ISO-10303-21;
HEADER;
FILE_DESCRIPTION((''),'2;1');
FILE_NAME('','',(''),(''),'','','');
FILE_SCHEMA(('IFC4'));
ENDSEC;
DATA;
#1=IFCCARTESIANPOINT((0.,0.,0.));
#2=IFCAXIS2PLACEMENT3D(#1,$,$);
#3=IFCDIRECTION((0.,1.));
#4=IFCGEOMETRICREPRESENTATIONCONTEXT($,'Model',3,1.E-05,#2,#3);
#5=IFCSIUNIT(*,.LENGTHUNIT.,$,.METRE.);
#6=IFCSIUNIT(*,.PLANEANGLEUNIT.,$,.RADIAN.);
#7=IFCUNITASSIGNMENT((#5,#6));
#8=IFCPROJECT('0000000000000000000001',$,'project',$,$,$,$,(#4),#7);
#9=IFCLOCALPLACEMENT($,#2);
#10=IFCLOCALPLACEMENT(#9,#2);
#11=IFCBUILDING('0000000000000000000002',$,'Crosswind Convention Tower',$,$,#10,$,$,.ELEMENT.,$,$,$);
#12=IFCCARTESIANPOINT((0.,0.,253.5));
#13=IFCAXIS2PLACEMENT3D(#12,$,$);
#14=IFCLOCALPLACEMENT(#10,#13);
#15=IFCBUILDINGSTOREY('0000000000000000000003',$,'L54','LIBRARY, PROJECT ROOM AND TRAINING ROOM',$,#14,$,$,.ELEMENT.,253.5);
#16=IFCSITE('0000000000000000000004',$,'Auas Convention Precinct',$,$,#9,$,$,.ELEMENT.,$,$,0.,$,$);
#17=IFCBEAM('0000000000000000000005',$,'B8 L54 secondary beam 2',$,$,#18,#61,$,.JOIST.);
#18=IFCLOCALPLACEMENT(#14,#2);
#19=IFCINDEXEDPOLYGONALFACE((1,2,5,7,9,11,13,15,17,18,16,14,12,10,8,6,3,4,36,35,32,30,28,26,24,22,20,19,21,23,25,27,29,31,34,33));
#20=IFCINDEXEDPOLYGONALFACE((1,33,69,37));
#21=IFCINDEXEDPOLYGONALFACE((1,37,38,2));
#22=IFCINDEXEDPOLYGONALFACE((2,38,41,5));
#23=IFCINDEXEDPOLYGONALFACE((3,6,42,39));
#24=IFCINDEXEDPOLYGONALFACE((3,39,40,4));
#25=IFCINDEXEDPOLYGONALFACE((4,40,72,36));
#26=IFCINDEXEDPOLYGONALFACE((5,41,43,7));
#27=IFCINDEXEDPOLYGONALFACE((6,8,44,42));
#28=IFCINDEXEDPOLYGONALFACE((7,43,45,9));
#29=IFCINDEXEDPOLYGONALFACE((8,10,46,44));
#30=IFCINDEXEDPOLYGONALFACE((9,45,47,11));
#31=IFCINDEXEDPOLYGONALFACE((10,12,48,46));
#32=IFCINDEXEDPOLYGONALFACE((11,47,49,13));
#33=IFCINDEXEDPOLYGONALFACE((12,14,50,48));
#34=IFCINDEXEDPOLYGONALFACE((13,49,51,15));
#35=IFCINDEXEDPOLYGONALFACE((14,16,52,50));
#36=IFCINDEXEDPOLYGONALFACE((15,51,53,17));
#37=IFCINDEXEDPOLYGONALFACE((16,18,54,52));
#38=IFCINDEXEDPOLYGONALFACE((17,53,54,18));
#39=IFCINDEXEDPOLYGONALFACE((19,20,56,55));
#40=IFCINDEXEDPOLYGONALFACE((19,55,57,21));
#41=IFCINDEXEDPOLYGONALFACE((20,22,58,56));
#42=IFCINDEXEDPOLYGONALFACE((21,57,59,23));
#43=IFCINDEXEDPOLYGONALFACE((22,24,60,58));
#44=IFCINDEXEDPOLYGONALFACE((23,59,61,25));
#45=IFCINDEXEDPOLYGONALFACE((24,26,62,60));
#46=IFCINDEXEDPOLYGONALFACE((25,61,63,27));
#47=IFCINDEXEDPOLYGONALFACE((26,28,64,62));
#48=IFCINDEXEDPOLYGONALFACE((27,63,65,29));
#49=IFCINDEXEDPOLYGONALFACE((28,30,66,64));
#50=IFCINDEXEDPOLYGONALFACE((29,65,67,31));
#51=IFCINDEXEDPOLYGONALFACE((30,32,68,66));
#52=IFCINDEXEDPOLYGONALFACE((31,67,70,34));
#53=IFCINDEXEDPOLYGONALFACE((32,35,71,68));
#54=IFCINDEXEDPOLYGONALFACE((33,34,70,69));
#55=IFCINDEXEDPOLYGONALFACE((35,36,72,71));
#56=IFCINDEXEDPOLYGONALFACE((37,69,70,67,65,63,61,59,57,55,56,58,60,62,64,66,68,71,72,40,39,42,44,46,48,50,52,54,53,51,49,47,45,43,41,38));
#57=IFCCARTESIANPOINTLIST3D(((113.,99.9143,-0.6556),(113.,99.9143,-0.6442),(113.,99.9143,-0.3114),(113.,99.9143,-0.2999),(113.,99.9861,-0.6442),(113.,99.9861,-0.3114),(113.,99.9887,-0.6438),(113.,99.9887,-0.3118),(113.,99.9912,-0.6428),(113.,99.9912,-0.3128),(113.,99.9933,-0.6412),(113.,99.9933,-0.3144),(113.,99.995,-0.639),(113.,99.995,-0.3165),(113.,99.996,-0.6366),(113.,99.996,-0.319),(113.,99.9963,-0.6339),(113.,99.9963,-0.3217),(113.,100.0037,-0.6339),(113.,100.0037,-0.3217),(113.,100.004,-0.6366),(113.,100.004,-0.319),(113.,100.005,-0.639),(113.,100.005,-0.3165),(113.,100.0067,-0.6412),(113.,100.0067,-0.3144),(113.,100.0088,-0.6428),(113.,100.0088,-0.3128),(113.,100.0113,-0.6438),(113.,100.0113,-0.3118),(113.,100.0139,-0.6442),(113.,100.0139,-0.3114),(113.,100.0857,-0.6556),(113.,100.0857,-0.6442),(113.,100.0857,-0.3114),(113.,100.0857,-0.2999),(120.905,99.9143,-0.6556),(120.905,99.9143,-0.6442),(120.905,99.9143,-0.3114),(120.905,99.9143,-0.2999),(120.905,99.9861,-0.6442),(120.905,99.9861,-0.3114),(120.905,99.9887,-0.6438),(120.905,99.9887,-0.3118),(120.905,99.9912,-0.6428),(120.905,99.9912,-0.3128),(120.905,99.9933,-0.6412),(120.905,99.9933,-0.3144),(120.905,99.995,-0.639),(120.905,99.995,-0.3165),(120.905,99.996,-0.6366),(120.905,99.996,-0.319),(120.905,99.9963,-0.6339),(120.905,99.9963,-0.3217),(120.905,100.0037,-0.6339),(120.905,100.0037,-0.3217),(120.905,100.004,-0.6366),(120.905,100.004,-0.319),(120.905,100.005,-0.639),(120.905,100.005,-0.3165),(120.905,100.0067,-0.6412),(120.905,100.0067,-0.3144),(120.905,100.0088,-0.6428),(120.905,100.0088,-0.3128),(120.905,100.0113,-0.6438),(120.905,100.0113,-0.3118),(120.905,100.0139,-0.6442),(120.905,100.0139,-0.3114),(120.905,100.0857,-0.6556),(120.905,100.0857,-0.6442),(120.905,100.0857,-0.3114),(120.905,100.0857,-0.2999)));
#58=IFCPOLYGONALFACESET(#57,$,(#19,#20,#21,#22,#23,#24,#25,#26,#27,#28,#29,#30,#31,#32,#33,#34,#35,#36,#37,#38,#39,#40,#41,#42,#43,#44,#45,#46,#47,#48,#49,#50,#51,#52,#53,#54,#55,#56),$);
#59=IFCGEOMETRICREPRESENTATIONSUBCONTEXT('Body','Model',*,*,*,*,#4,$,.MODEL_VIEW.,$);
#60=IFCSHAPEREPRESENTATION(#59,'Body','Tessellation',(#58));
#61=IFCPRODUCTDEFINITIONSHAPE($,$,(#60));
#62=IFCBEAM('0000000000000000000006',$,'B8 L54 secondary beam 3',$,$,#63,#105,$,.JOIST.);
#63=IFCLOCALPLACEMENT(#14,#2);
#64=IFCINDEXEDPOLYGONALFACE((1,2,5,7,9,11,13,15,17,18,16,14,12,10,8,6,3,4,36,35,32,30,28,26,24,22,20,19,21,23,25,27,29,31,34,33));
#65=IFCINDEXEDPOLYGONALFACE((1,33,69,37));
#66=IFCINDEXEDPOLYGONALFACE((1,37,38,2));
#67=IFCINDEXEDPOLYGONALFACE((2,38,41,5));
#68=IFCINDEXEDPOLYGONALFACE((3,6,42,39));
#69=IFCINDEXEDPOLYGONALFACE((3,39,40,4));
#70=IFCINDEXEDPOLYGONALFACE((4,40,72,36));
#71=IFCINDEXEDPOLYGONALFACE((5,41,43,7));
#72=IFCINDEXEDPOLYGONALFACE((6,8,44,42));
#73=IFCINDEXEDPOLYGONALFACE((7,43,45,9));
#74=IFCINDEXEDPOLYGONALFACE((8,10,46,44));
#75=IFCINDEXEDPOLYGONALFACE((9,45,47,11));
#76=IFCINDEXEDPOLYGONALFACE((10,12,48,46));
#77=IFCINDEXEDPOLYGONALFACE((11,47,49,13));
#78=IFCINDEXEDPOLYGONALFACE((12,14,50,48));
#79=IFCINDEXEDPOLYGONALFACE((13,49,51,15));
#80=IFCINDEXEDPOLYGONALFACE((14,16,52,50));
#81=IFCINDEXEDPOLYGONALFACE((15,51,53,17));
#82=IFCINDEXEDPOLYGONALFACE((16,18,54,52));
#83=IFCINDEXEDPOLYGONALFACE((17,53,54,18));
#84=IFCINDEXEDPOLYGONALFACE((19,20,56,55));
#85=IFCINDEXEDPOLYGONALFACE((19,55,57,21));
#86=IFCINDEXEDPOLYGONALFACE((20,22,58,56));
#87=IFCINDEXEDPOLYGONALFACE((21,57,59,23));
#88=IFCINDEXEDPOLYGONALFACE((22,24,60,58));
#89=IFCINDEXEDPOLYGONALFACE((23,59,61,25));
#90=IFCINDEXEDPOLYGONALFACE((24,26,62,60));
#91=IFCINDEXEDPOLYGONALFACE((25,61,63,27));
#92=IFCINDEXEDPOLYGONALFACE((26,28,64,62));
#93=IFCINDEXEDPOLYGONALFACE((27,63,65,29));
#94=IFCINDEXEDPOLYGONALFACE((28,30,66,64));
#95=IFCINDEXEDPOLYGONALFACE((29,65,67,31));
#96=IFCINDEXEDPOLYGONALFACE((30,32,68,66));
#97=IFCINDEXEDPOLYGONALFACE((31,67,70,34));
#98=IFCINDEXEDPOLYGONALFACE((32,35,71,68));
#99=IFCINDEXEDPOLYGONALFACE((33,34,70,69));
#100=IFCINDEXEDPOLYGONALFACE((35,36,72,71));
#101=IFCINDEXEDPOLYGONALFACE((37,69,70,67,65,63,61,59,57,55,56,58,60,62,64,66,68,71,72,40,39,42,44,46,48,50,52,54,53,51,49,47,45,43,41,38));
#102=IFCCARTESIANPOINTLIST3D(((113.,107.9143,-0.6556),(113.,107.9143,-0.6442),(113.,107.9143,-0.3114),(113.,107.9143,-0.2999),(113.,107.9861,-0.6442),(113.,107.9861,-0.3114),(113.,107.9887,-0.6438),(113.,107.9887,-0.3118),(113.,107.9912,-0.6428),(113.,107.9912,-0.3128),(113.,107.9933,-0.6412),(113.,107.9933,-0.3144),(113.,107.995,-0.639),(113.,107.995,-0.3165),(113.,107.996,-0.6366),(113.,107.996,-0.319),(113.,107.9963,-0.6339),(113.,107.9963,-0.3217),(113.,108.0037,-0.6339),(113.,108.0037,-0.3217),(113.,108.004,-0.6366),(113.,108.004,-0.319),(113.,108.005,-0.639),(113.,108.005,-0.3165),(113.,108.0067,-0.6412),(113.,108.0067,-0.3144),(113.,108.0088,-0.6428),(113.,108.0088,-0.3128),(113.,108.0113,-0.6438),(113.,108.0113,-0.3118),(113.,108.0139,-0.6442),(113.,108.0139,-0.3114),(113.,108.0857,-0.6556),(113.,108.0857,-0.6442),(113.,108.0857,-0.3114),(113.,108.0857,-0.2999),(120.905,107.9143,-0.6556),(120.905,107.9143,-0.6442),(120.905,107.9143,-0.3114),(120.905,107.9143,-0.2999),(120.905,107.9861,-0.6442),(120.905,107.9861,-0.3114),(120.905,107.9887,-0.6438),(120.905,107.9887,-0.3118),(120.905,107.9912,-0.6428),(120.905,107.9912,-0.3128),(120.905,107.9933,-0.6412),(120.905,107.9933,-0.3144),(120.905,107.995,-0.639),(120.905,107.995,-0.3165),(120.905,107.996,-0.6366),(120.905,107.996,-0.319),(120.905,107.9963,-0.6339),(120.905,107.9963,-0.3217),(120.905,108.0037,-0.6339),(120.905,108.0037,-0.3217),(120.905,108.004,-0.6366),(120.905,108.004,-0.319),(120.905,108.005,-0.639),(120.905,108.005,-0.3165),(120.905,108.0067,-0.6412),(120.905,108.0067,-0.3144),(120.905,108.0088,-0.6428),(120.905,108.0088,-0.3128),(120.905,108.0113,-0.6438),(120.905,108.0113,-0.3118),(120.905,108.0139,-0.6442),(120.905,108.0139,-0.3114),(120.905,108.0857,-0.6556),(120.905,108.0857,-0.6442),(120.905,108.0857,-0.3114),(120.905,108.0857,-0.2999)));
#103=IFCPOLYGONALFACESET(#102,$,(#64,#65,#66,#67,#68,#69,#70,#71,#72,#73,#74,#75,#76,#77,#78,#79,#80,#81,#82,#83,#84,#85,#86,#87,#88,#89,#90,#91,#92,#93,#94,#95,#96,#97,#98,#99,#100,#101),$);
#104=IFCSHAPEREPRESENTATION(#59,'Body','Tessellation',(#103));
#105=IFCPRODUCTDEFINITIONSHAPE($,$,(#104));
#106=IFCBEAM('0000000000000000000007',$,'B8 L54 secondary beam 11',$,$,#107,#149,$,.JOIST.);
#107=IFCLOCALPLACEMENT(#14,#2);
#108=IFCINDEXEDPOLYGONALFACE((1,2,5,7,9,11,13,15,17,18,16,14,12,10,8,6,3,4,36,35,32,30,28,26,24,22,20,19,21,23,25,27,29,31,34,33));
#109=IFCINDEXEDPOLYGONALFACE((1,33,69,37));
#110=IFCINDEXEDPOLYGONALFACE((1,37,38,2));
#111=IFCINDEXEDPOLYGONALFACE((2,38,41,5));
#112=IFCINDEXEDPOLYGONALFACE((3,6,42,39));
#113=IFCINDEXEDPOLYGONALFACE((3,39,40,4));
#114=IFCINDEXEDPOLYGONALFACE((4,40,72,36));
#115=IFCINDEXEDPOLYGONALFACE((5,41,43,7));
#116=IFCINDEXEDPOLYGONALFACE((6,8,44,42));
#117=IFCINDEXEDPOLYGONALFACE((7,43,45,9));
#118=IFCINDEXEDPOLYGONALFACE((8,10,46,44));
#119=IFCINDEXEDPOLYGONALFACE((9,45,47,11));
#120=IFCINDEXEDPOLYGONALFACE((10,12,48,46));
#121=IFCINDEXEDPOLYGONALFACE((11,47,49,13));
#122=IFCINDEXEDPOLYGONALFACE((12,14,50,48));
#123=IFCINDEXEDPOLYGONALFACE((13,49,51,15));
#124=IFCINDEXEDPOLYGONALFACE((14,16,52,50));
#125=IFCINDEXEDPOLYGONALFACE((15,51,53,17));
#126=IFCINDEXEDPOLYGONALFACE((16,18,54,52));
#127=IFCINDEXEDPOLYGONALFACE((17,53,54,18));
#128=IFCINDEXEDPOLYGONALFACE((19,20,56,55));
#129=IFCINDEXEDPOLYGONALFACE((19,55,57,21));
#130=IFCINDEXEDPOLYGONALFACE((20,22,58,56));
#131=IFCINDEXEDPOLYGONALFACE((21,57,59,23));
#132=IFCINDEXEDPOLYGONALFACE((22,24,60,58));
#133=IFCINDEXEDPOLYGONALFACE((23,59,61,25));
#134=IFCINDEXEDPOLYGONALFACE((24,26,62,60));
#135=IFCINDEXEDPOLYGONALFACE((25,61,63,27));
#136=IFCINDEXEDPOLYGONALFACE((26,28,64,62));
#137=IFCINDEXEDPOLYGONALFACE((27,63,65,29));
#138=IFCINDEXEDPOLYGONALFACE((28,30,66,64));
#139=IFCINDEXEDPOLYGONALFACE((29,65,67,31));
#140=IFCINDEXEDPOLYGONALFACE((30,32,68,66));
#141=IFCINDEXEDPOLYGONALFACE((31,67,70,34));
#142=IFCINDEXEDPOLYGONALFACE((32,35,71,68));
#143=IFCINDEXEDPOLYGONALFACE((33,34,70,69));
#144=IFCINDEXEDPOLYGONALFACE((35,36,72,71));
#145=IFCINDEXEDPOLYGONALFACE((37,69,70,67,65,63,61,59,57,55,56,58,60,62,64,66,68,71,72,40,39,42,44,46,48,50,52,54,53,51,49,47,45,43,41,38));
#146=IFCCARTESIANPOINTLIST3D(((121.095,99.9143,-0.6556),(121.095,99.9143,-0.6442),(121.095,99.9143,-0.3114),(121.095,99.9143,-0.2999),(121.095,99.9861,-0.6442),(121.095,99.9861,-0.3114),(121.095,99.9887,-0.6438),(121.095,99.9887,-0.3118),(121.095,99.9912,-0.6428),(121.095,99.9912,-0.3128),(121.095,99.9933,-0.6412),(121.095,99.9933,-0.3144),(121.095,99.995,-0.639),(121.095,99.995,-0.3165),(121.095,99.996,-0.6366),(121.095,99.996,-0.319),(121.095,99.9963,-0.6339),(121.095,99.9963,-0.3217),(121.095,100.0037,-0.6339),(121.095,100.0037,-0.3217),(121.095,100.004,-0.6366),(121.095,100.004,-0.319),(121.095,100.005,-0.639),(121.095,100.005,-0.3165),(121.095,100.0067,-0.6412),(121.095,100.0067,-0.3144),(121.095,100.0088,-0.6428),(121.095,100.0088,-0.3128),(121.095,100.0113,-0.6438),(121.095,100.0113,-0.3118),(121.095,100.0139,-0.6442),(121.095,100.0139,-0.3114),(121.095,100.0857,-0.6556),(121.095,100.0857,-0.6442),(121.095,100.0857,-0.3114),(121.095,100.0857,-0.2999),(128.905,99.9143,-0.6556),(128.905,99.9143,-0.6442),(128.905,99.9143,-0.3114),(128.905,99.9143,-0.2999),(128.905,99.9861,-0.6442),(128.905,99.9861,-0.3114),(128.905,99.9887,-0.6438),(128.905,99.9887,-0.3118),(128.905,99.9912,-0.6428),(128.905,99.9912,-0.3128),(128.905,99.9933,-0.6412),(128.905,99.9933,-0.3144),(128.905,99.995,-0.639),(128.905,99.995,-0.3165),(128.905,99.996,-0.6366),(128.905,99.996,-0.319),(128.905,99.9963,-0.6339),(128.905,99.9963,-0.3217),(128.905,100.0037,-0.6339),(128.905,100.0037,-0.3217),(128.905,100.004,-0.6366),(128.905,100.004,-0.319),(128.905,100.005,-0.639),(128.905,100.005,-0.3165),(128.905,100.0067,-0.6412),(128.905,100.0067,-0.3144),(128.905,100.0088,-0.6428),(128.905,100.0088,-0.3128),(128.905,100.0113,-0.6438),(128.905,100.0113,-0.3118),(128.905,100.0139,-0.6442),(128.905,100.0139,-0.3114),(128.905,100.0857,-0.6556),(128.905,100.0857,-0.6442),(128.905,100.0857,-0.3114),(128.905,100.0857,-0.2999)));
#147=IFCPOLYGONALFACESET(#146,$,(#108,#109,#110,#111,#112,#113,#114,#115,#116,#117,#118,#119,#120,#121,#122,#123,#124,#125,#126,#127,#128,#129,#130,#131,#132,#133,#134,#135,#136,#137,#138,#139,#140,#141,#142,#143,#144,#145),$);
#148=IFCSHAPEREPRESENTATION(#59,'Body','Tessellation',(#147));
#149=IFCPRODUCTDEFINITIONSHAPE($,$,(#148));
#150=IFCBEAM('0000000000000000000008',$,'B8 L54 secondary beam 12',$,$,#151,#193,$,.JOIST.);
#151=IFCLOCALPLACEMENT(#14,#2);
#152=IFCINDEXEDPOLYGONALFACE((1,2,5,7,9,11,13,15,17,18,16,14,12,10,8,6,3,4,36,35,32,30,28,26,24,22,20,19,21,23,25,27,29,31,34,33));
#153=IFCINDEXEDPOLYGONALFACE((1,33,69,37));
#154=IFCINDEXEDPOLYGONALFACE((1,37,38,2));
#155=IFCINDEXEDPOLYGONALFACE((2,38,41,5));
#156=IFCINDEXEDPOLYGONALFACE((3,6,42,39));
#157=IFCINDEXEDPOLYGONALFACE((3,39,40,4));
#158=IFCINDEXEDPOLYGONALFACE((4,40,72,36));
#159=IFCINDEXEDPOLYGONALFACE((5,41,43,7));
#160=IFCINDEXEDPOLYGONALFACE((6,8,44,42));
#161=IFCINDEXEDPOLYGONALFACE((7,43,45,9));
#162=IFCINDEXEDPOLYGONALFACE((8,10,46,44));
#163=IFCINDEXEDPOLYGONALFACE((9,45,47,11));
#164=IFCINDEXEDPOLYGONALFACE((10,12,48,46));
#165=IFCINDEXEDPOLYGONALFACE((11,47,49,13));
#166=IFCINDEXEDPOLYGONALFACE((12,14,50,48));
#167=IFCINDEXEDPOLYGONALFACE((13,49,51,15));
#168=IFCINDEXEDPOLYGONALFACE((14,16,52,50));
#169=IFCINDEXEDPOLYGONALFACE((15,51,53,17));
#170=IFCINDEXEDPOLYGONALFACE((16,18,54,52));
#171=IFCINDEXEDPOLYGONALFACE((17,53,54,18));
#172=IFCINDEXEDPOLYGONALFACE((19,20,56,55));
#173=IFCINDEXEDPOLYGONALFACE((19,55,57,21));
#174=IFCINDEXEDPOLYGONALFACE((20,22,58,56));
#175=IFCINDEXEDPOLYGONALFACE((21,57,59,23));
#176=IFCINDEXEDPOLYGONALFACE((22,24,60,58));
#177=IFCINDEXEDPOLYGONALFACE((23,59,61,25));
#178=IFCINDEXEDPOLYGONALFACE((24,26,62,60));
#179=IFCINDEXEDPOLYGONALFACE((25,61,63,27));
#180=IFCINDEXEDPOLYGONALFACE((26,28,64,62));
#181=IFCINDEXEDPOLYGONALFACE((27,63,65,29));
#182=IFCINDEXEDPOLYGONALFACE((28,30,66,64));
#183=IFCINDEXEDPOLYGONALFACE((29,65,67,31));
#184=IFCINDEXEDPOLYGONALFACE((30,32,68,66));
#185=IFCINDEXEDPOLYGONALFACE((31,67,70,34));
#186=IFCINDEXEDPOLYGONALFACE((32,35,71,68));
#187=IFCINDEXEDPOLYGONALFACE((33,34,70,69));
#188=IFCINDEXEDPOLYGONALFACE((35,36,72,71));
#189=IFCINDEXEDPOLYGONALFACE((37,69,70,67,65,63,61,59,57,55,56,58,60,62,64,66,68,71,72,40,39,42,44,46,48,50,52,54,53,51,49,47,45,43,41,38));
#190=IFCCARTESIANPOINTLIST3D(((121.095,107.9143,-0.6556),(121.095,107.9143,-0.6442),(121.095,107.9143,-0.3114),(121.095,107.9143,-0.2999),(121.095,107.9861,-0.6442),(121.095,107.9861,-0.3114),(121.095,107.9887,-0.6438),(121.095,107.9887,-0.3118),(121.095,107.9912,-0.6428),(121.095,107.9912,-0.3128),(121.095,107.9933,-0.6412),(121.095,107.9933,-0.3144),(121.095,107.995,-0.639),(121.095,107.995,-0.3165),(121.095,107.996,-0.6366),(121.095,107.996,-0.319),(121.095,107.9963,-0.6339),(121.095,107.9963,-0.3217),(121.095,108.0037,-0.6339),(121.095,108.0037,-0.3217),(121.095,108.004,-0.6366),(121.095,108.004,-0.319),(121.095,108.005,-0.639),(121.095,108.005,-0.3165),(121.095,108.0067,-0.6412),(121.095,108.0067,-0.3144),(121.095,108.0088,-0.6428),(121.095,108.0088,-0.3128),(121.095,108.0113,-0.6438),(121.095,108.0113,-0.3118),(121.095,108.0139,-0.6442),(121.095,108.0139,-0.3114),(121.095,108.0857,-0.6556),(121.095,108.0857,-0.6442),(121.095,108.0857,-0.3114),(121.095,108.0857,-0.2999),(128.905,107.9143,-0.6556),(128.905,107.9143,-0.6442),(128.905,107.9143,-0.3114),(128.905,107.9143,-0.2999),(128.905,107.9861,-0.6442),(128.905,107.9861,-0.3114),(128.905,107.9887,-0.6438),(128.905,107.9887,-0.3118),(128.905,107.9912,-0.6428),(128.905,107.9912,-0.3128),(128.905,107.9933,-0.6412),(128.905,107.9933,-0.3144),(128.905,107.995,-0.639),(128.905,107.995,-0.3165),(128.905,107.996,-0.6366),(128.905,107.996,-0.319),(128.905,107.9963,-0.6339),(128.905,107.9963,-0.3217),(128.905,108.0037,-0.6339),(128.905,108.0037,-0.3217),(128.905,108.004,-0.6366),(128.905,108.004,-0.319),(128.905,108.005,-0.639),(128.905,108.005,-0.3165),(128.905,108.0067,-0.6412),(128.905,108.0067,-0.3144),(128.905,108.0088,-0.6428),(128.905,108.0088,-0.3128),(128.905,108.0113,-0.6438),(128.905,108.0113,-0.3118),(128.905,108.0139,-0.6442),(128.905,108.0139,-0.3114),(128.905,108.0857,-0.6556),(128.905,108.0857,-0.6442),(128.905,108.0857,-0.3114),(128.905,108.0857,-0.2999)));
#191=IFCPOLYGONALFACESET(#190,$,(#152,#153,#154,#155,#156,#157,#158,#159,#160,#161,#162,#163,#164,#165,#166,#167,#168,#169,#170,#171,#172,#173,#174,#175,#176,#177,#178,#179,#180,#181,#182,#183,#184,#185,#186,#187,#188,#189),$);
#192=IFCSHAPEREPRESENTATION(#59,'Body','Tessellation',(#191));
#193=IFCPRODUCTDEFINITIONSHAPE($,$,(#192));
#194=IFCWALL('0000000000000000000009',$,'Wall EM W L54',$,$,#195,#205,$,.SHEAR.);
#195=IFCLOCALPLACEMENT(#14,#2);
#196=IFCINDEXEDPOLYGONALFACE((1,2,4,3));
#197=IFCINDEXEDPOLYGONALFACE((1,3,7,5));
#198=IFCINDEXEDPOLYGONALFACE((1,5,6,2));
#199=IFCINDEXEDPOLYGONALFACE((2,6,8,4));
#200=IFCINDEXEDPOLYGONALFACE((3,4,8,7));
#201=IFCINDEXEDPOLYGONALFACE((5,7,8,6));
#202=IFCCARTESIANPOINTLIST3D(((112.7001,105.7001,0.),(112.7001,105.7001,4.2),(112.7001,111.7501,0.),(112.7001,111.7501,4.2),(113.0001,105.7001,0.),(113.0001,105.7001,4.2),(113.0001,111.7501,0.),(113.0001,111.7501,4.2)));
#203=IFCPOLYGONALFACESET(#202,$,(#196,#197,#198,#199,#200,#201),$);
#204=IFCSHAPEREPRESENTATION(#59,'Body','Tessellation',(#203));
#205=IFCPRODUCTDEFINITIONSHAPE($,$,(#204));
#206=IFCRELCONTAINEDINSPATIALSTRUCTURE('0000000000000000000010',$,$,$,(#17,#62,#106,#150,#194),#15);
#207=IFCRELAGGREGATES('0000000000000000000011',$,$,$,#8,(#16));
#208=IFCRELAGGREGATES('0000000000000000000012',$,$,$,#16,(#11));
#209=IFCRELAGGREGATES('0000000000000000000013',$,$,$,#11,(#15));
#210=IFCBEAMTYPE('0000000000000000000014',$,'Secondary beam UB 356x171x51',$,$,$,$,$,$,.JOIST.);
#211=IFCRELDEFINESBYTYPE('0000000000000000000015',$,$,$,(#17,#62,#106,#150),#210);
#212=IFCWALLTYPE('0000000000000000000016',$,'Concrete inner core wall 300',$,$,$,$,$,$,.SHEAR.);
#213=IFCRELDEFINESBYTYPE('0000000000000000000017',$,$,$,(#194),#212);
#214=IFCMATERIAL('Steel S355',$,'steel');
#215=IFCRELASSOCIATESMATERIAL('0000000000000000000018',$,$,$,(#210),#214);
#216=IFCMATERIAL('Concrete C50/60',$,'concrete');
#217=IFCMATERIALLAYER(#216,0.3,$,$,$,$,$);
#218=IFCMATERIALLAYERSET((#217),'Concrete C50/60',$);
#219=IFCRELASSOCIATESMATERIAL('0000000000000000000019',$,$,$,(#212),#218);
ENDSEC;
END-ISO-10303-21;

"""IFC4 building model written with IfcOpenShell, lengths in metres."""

from ifc_helpers import new_model, si_unit, direction, frame, frame_2d, origin, origin_2d, place, context, subcontext, project, spatial, rectangle, i_section, extrude, material, layer, layer_set, material_profile, profile_set, type_object, element, save


model = new_model("IFC4")

# Units and contexts
model_context = context("Model", 3, precision=1e-05, world=origin(), true_north=direction((0.0, 1.0)))
body_context = subcontext(model_context, "Body", "Model", "MODEL_VIEW")
ifc_project = project(units=[si_unit("LENGTHUNIT", "METRE"), si_unit("PLANEANGLEUNIT", "RADIAN")], contexts=[model_context])

# Site, building, storey
site_placement = place(None, origin())
site = spatial("IfcSite", under=ifc_project, at=site_placement, Name="Auas Convention Precinct", CompositionType="ELEMENT", RefElevation=0.0)
building_placement = place(site_placement, origin())
building = spatial("IfcBuilding", under=site, at=building_placement, Name="Crosswind Convention Tower", CompositionType="ELEMENT")
storey_placement = place(building_placement, frame((0.0, 0.0, 253.5)))
storey = spatial("IfcBuildingStorey", under=building, at=storey_placement, Name="L54", Description="LIBRARY, PROJECT ROOM AND TRAINING ROOM", CompositionType="ELEMENT", Elevation=253.5)

# Beams
ifc_material_1 = material(Name="Steel S355", Category="steel")
ifc_material_profile_1 = material_profile(ifc_material_1, i_section(OverallWidth=0.1714, OverallDepth=0.3557, WebThickness=0.0073, FlangeThickness=0.0115, FilletRadius=0.0103, at=origin_2d()), Name="UB 356x171x51")
ifc_profile_set_1 = profile_set([ifc_material_profile_1], Name="Steel S355")
beam_type_1 = type_object("IfcBeamType", Name="Secondary beam UB 356x171x51", PredefinedType="JOIST", material=ifc_profile_set_1)
for number, where, z_axis, x_axis, name in (
    (1, (113.0, 100.0, -0.4778), (1.0, 0.0, 0.0), (0.0, 1.0, 0.0), "B8 L54 secondary beam 2"),
    (2, (113.0, 108.0, -0.4778), (1.0, 0.0, 0.0), (0.0, 1.0, 0.0), "B8 L54 secondary beam 3"),
):
    element("IfcBeam", number, at=place(storey_placement, frame(where, z_axis=z_axis, x_axis=x_axis)), inside=storey, type_object=beam_type_1, Name=name, PredefinedType="JOIST", context=body_context, shape_type="SweptSolid", body=[
        extrude(i_section(OverallWidth=0.1714, OverallDepth=0.3557, WebThickness=0.0073, FlangeThickness=0.0115, FilletRadius=0.0103, at=origin_2d()), origin(), (0.0, 0.0, 1.0), 7.905),
    ])
for number, where, z_axis, x_axis, name in (
    (3, (121.095, 100.0, -0.4778), (1.0, 0.0, 0.0), (0.0, 1.0, 0.0), "B8 L54 secondary beam 11"),
    (4, (121.095, 108.0, -0.4778), (1.0, 0.0, 0.0), (0.0, 1.0, 0.0), "B8 L54 secondary beam 12"),
):
    element("IfcBeam", number, at=place(storey_placement, frame(where, z_axis=z_axis, x_axis=x_axis)), inside=storey, type_object=beam_type_1, Name=name, PredefinedType="JOIST", context=body_context, shape_type="SweptSolid", body=[
        extrude(i_section(OverallWidth=0.1714, OverallDepth=0.3557, WebThickness=0.0073, FlangeThickness=0.0115, FilletRadius=0.0103, at=origin_2d()), origin(), (0.0, 0.0, 1.0), 7.8101),
    ])

# Shared definitions
ifc_material_2 = material(Name="Concrete C50/60", Category="concrete")
ifc_layer_1 = layer(ifc_material_2, 0.3)
ifc_layer_set_1 = layer_set([ifc_layer_1], Name="Concrete C50/60")
wall_type_1 = type_object("IfcWallType", Name="Concrete inner core wall 300", PredefinedType="SHEAR", material=ifc_layer_set_1)

# Wall
wall_1_placement = place(storey_placement, frame((112.8501, 111.75, 0.0), z_axis=(0.0, 0.0, 1.0), x_axis=(0.0, -1.0, 0.0)))
element("IfcWall", 5, at=wall_1_placement, inside=storey, type_object=wall_type_1, Name="Wall EM W L54", PredefinedType="SHEAR", context=body_context, shape_type="SweptSolid", body=[
    extrude(rectangle(XDim=6.05, YDim=0.3, at=frame_2d((3.0249, 0.0))), origin(), (0.0, 0.0, 1.0), 4.2),
])

save(model, "model.ifc")
